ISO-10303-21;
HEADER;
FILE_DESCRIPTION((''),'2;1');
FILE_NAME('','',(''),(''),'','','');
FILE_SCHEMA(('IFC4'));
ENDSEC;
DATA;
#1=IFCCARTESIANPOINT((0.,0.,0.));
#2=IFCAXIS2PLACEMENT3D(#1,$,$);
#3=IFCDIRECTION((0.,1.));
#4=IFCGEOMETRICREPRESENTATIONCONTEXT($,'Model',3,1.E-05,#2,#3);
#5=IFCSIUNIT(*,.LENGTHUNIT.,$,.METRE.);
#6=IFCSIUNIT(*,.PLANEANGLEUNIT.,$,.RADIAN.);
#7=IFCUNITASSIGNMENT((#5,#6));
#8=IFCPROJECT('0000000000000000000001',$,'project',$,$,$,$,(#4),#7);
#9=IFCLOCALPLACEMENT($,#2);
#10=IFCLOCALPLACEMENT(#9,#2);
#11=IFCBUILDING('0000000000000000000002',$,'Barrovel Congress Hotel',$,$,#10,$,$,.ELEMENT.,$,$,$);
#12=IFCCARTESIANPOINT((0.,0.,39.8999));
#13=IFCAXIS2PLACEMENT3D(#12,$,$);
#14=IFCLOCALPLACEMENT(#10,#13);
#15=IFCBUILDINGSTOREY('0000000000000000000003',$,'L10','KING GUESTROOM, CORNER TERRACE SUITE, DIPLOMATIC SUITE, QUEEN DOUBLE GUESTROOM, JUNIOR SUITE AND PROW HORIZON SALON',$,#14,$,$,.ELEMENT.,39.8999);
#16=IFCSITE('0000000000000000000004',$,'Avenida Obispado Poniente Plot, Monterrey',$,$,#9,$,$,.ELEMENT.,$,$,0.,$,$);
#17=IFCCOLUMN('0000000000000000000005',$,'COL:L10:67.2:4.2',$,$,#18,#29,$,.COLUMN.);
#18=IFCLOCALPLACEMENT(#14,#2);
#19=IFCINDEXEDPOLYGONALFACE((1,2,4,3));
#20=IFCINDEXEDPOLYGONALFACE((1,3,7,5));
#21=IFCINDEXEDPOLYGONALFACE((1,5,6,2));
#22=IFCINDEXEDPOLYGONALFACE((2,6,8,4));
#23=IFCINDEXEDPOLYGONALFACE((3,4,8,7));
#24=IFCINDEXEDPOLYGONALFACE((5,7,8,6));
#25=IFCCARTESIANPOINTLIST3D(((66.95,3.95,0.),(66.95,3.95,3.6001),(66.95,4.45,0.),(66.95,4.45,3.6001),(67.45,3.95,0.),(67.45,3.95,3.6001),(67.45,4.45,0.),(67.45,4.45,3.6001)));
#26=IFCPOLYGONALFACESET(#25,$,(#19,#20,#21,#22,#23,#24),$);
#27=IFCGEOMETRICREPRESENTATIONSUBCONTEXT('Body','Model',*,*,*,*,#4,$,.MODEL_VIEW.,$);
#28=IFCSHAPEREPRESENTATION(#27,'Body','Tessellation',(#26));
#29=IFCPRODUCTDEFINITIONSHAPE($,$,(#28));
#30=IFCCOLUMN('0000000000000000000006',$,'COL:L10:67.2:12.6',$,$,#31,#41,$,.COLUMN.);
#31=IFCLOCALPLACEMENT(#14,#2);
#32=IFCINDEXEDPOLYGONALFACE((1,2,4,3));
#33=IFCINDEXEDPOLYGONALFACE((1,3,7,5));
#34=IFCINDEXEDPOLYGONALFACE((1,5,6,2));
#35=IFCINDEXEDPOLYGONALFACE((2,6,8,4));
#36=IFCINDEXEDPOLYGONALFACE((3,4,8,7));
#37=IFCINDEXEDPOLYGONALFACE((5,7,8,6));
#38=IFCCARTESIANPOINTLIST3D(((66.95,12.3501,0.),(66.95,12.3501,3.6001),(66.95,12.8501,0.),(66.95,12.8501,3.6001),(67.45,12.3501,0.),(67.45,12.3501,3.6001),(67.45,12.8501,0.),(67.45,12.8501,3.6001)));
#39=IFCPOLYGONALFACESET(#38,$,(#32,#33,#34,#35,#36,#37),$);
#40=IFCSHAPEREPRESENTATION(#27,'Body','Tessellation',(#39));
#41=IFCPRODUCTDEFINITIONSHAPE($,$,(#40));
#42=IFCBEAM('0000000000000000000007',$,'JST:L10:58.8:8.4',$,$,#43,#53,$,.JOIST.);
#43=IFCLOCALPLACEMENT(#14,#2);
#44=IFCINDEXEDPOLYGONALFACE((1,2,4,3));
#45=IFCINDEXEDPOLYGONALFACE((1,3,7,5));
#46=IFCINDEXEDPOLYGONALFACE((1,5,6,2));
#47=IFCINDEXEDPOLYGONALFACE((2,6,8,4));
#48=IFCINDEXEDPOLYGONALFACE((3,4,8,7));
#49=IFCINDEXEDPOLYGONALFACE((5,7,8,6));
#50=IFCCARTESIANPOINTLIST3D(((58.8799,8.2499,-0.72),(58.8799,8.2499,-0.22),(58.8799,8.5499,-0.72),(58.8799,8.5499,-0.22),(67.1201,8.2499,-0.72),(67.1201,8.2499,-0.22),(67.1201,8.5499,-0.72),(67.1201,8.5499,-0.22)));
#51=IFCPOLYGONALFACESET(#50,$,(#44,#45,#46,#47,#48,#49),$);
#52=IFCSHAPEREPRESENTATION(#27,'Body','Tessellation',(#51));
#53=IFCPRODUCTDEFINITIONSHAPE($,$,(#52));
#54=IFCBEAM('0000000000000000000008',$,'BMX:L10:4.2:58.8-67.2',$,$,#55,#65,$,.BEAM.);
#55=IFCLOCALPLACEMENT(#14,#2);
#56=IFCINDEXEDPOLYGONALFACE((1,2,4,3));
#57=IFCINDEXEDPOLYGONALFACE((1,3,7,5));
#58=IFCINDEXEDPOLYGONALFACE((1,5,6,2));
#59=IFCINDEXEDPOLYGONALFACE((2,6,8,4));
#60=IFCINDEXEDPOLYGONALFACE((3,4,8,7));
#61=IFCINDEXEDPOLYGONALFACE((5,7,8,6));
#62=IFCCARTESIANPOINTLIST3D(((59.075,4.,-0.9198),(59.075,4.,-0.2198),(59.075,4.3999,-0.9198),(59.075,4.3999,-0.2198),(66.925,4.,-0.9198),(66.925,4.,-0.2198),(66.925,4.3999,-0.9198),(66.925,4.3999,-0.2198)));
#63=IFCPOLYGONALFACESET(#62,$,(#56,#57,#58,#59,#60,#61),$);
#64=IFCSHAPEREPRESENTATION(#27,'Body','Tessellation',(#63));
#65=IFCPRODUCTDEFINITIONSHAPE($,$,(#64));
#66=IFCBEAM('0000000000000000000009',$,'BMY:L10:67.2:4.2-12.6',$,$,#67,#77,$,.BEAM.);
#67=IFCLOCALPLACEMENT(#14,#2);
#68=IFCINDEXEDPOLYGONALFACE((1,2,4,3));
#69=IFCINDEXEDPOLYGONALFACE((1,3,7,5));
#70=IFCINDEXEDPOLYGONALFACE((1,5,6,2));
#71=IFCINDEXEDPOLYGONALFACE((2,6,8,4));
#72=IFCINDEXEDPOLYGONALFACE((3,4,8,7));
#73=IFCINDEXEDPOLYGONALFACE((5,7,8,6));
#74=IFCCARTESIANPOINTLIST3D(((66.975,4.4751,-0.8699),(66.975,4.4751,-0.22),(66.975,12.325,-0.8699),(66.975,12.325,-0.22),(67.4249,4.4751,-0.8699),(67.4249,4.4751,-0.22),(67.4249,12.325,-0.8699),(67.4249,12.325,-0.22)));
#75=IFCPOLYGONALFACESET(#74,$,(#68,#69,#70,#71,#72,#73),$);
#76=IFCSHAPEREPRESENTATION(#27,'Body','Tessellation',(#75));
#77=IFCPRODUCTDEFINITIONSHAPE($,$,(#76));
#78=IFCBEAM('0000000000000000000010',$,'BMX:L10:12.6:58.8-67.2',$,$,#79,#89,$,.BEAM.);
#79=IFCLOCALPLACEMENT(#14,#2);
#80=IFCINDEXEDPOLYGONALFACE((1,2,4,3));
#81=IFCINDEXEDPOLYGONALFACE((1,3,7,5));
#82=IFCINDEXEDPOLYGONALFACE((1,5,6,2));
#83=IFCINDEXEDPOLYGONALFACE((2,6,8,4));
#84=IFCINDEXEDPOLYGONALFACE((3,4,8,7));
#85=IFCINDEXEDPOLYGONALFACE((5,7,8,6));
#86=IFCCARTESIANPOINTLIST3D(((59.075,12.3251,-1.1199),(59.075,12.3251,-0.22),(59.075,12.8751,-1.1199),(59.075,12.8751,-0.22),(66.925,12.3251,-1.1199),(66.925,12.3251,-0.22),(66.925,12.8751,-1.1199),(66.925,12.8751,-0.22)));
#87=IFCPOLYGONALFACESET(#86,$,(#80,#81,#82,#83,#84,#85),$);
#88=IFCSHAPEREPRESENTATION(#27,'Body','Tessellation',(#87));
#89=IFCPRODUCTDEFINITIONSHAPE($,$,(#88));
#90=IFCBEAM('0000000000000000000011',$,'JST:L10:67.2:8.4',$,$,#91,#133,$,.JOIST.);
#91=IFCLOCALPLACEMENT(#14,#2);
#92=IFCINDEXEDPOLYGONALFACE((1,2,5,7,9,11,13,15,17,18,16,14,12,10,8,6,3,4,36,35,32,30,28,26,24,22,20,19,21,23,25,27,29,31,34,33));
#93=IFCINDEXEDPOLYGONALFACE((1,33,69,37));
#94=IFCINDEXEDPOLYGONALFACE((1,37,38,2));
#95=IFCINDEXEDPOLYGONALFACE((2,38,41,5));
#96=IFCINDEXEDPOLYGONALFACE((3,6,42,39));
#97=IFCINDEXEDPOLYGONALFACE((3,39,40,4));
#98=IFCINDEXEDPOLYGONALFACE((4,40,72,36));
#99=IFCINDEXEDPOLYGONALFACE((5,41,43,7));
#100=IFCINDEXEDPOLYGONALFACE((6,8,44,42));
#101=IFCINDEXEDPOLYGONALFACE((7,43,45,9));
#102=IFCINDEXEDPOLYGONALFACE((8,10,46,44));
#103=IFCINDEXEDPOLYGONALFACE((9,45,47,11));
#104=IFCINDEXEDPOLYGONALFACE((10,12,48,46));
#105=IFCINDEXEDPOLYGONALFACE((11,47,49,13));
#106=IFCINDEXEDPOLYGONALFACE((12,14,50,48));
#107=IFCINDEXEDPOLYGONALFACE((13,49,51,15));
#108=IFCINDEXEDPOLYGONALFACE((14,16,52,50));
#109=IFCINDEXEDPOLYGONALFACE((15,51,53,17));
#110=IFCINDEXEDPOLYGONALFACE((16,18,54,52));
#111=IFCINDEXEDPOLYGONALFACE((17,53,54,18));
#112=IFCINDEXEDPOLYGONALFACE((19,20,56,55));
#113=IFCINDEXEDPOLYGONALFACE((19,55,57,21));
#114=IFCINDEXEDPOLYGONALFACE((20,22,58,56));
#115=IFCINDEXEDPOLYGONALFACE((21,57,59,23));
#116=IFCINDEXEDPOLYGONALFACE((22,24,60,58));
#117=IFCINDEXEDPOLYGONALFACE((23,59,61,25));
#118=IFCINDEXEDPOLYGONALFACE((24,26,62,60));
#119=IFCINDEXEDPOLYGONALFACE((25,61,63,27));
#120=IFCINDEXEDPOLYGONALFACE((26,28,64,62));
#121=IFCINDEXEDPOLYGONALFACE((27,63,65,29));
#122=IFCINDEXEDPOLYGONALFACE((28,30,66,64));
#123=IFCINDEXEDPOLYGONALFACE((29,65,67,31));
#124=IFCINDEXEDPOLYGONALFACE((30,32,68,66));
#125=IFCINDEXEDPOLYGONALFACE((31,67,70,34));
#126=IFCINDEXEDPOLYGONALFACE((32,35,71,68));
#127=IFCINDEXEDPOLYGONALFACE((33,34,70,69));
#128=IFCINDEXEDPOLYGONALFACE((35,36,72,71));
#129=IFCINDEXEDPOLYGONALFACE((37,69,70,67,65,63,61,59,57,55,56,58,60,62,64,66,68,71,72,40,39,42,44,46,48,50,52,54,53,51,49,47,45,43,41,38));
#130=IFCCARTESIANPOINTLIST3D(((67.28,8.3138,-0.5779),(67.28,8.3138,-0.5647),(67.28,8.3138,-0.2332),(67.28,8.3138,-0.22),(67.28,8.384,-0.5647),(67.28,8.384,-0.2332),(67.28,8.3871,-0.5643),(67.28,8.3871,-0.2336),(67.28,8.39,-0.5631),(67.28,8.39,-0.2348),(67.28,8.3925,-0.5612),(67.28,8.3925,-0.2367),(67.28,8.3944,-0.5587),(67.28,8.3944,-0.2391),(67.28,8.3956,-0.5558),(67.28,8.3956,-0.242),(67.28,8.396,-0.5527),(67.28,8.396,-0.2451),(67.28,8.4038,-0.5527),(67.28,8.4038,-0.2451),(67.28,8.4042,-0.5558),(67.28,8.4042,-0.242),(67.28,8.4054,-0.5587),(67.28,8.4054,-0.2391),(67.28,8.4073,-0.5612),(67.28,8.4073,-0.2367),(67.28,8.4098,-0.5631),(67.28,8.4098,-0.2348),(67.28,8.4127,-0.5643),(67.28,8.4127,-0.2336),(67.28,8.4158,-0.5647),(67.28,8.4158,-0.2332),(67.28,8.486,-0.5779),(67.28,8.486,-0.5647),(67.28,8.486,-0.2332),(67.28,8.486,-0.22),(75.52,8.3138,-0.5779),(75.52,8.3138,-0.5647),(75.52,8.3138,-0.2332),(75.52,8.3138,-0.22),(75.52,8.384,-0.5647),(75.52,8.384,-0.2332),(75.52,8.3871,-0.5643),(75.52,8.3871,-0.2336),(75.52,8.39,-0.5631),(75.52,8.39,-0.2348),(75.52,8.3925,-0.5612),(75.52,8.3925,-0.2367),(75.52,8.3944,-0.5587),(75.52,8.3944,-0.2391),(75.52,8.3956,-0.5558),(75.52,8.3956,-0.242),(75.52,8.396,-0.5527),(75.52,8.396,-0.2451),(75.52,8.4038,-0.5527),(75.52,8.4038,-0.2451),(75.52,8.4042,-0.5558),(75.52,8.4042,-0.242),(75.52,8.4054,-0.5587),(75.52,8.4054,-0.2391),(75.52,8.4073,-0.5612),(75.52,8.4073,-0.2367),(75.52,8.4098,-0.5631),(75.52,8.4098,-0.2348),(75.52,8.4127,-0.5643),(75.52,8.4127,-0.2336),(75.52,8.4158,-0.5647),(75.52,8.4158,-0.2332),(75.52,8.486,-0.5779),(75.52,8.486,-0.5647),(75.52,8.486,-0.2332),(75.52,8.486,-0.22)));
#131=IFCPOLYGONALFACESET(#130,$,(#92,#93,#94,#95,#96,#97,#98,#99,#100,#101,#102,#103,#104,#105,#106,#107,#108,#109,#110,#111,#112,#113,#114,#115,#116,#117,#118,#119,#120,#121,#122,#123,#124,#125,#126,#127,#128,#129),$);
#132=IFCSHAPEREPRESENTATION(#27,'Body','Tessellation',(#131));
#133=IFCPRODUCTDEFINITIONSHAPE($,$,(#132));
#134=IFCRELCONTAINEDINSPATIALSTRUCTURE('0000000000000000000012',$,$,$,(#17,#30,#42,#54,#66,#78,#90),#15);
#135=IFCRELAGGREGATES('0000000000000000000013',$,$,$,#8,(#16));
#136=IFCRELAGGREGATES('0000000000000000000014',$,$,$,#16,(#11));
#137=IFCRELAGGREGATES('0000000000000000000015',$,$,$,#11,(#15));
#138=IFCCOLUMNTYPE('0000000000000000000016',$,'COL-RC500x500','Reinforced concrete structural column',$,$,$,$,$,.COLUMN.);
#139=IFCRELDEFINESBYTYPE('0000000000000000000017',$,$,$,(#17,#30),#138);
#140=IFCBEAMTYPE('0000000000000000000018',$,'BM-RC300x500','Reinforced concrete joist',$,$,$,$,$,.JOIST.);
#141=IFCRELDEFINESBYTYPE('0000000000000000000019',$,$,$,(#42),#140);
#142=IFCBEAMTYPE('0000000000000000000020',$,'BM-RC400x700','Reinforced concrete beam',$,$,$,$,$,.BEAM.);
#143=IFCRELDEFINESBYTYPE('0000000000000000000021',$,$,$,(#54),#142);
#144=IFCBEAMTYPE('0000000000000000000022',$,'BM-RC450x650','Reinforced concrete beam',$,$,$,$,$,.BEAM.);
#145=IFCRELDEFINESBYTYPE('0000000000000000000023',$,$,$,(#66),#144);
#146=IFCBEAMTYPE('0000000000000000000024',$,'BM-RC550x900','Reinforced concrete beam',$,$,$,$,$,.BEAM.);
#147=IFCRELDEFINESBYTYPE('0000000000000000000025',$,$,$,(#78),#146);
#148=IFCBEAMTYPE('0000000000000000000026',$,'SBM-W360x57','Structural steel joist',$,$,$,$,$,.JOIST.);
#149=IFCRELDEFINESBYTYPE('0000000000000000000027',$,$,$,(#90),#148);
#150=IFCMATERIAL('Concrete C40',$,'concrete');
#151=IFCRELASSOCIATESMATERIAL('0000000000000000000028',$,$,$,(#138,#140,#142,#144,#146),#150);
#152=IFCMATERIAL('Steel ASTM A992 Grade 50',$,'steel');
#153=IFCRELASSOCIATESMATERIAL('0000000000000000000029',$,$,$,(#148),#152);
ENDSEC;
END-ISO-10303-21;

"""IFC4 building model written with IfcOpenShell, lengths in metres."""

from ifc_helpers import new_model, si_unit, direction, frame, origin, origin_2d, place, context, subcontext, project, spatial, rectangle, i_section, extrude, material, material_profile, profile_set, type_object, element, save


model = new_model("IFC4")

# Units and contexts
model_context = context("Model", 3, precision=1e-05, world=origin(), true_north=direction((0.0, 1.0)))
body_context = subcontext(model_context, "Body", "Model", "MODEL_VIEW")
ifc_project = project(units=[si_unit("LENGTHUNIT", "METRE"), si_unit("PLANEANGLEUNIT", "RADIAN")], contexts=[model_context])

# Site, building, storey
site_placement = place(None, origin())
site = spatial("IfcSite", under=ifc_project, at=site_placement, Name="Avenida Obispado Poniente Plot, Monterrey", CompositionType="ELEMENT", RefElevation=0.0)
building_placement = place(site_placement, origin())
building = spatial("IfcBuilding", under=site, at=building_placement, Name="Barrovel Congress Hotel", CompositionType="ELEMENT")
storey_placement = place(building_placement, frame((0.0, 0.0, 39.8999)))
storey = spatial("IfcBuildingStorey", under=building, at=storey_placement, Name="L10", Description="KING GUESTROOM, CORNER TERRACE SUITE, DIPLOMATIC SUITE, QUEEN DOUBLE GUESTROOM, JUNIOR SUITE AND PROW HORIZON SALON", CompositionType="ELEMENT", Elevation=39.8999)

# Columns
ifc_material_1 = material(Name="Concrete C40", Category="concrete")
ifc_material_profile_1 = material_profile(ifc_material_1, rectangle(XDim=0.5, YDim=0.5, at=origin_2d()), Name="RC500x500")
ifc_profile_set_1 = profile_set([ifc_material_profile_1], Name="Concrete C40")
column_type = type_object("IfcColumnType", Name="COL-RC500x500", Description="Reinforced concrete structural column", PredefinedType="COLUMN", material=ifc_profile_set_1)
for number, where, z_axis, x_axis, name in (
    (1, (67.2, 4.2, 0.0), (0.0, 0.0, 1.0), (1.0, 0.0, 0.0), "COL:L10:67.2:4.2"),
    (2, (67.2, 12.6001, 0.0), (0.0, 0.0, 1.0), (1.0, 0.0, 0.0), "COL:L10:67.2:12.6"),
):
    element("IfcColumn", number, at=place(storey_placement, frame(where, z_axis=z_axis, x_axis=x_axis)), inside=storey, type_object=column_type, Name=name, PredefinedType="COLUMN", context=body_context, shape_type="SweptSolid", body=[
        extrude(rectangle(XDim=0.5, YDim=0.5, at=origin_2d()), origin(), (0.0, 0.0, 1.0), 3.6001),
    ])

# Beams
ifc_material_profile_2 = material_profile(ifc_material_1, rectangle(XDim=0.3, YDim=0.5, at=origin_2d()), Name="RC300x500")
ifc_profile_set_2 = profile_set([ifc_material_profile_2], Name="Concrete C40")
beam_type_1 = type_object("IfcBeamType", Name="BM-RC300x500", Description="Reinforced concrete joist", PredefinedType="JOIST", material=ifc_profile_set_2)
beam_1_placement = place(storey_placement, frame((58.8799, 8.3999, -0.47), z_axis=(1.0, 0.0, 0.0), x_axis=(0.0, 1.0, 0.0)))
element("IfcBeam", 3, at=beam_1_placement, inside=storey, type_object=beam_type_1, Name="JST:L10:58.8:8.4", PredefinedType="JOIST", context=body_context, shape_type="SweptSolid", body=[
    extrude(rectangle(XDim=0.3, YDim=0.5, at=origin_2d()), origin(), (0.0, 0.0, 1.0), 8.2402),
])
ifc_material_profile_3 = material_profile(ifc_material_1, rectangle(XDim=0.3999, YDim=0.7, at=origin_2d()), Name="RC400x700")
ifc_profile_set_3 = profile_set([ifc_material_profile_3], Name="Concrete C40")
beam_type_2 = type_object("IfcBeamType", Name="BM-RC400x700", Description="Reinforced concrete beam", PredefinedType="BEAM", material=ifc_profile_set_3)
beam_2_placement = place(storey_placement, frame((59.075, 4.2, -0.5698), z_axis=(1.0, 0.0, 0.0), x_axis=(0.0, 1.0, 0.0)))
element("IfcBeam", 4, at=beam_2_placement, inside=storey, type_object=beam_type_2, Name="BMX:L10:4.2:58.8-67.2", PredefinedType="BEAM", context=body_context, shape_type="SweptSolid", body=[
    extrude(rectangle(XDim=0.3999, YDim=0.7, at=origin_2d()), origin(), (0.0, 0.0, 1.0), 7.8501),
])
ifc_material_profile_4 = material_profile(ifc_material_1, rectangle(XDim=0.45, YDim=0.6499, at=origin_2d()), Name="RC450x650")
ifc_profile_set_4 = profile_set([ifc_material_profile_4], Name="Concrete C40")
beam_type_3 = type_object("IfcBeamType", Name="BM-RC450x650", Description="Reinforced concrete beam", PredefinedType="BEAM", material=ifc_profile_set_4)
beam_3_placement = place(storey_placement, frame((67.2, 4.4751, -0.5449), z_axis=(0.0, 1.0, 0.0), x_axis=(-1.0, 0.0, 0.0)))
element("IfcBeam", 5, at=beam_3_placement, inside=storey, type_object=beam_type_3, Name="BMY:L10:67.2:4.2-12.6", PredefinedType="BEAM", context=body_context, shape_type="SweptSolid", body=[
    extrude(rectangle(XDim=0.45, YDim=0.6499, at=origin_2d()), origin(), (0.0, 0.0, 1.0), 7.8499),
])
ifc_material_profile_5 = material_profile(ifc_material_1, rectangle(XDim=0.55, YDim=0.8999, at=origin_2d()), Name="RC550x900")
ifc_profile_set_5 = profile_set([ifc_material_profile_5], Name="Concrete C40")
beam_type_4 = type_object("IfcBeamType", Name="BM-RC550x900", Description="Reinforced concrete beam", PredefinedType="BEAM", material=ifc_profile_set_5)
beam_4_placement = place(storey_placement, frame((59.075, 12.6001, -0.6699), z_axis=(1.0, 0.0, 0.0), x_axis=(0.0, 1.0, 0.0)))
element("IfcBeam", 6, at=beam_4_placement, inside=storey, type_object=beam_type_4, Name="BMX:L10:12.6:58.8-67.2", PredefinedType="BEAM", context=body_context, shape_type="SweptSolid", body=[
    extrude(rectangle(XDim=0.55, YDim=0.8999, at=origin_2d()), origin(), (0.0, 0.0, 1.0), 7.8501),
])
ifc_material_2 = material(Name="Steel ASTM A992 Grade 50", Category="steel")
ifc_material_profile_6 = material_profile(ifc_material_2, i_section(OverallWidth=0.1721, OverallDepth=0.3579, WebThickness=0.0078, FlangeThickness=0.0132, FilletRadius=0.012, at=origin_2d()), Name="W360x57")
ifc_profile_set_6 = profile_set([ifc_material_profile_6], Name="Steel ASTM A992 Grade 50")
beam_type_5 = type_object("IfcBeamType", Name="SBM-W360x57", Description="Structural steel joist", PredefinedType="JOIST", material=ifc_profile_set_6)
beam_5_placement = place(storey_placement, frame((67.28, 8.3999, -0.3989), z_axis=(1.0, 0.0, 0.0), x_axis=(0.0, 1.0, 0.0)))
element("IfcBeam", 7, at=beam_5_placement, inside=storey, type_object=beam_type_5, Name="JST:L10:67.2:8.4", PredefinedType="JOIST", context=body_context, shape_type="SweptSolid", body=[
    extrude(i_section(OverallWidth=0.1721, OverallDepth=0.3579, WebThickness=0.0078, FlangeThickness=0.0132, FilletRadius=0.012, at=origin_2d()), origin(), (0.0, 0.0, 1.0), 8.24),
])

save(model, "model.ifc")
